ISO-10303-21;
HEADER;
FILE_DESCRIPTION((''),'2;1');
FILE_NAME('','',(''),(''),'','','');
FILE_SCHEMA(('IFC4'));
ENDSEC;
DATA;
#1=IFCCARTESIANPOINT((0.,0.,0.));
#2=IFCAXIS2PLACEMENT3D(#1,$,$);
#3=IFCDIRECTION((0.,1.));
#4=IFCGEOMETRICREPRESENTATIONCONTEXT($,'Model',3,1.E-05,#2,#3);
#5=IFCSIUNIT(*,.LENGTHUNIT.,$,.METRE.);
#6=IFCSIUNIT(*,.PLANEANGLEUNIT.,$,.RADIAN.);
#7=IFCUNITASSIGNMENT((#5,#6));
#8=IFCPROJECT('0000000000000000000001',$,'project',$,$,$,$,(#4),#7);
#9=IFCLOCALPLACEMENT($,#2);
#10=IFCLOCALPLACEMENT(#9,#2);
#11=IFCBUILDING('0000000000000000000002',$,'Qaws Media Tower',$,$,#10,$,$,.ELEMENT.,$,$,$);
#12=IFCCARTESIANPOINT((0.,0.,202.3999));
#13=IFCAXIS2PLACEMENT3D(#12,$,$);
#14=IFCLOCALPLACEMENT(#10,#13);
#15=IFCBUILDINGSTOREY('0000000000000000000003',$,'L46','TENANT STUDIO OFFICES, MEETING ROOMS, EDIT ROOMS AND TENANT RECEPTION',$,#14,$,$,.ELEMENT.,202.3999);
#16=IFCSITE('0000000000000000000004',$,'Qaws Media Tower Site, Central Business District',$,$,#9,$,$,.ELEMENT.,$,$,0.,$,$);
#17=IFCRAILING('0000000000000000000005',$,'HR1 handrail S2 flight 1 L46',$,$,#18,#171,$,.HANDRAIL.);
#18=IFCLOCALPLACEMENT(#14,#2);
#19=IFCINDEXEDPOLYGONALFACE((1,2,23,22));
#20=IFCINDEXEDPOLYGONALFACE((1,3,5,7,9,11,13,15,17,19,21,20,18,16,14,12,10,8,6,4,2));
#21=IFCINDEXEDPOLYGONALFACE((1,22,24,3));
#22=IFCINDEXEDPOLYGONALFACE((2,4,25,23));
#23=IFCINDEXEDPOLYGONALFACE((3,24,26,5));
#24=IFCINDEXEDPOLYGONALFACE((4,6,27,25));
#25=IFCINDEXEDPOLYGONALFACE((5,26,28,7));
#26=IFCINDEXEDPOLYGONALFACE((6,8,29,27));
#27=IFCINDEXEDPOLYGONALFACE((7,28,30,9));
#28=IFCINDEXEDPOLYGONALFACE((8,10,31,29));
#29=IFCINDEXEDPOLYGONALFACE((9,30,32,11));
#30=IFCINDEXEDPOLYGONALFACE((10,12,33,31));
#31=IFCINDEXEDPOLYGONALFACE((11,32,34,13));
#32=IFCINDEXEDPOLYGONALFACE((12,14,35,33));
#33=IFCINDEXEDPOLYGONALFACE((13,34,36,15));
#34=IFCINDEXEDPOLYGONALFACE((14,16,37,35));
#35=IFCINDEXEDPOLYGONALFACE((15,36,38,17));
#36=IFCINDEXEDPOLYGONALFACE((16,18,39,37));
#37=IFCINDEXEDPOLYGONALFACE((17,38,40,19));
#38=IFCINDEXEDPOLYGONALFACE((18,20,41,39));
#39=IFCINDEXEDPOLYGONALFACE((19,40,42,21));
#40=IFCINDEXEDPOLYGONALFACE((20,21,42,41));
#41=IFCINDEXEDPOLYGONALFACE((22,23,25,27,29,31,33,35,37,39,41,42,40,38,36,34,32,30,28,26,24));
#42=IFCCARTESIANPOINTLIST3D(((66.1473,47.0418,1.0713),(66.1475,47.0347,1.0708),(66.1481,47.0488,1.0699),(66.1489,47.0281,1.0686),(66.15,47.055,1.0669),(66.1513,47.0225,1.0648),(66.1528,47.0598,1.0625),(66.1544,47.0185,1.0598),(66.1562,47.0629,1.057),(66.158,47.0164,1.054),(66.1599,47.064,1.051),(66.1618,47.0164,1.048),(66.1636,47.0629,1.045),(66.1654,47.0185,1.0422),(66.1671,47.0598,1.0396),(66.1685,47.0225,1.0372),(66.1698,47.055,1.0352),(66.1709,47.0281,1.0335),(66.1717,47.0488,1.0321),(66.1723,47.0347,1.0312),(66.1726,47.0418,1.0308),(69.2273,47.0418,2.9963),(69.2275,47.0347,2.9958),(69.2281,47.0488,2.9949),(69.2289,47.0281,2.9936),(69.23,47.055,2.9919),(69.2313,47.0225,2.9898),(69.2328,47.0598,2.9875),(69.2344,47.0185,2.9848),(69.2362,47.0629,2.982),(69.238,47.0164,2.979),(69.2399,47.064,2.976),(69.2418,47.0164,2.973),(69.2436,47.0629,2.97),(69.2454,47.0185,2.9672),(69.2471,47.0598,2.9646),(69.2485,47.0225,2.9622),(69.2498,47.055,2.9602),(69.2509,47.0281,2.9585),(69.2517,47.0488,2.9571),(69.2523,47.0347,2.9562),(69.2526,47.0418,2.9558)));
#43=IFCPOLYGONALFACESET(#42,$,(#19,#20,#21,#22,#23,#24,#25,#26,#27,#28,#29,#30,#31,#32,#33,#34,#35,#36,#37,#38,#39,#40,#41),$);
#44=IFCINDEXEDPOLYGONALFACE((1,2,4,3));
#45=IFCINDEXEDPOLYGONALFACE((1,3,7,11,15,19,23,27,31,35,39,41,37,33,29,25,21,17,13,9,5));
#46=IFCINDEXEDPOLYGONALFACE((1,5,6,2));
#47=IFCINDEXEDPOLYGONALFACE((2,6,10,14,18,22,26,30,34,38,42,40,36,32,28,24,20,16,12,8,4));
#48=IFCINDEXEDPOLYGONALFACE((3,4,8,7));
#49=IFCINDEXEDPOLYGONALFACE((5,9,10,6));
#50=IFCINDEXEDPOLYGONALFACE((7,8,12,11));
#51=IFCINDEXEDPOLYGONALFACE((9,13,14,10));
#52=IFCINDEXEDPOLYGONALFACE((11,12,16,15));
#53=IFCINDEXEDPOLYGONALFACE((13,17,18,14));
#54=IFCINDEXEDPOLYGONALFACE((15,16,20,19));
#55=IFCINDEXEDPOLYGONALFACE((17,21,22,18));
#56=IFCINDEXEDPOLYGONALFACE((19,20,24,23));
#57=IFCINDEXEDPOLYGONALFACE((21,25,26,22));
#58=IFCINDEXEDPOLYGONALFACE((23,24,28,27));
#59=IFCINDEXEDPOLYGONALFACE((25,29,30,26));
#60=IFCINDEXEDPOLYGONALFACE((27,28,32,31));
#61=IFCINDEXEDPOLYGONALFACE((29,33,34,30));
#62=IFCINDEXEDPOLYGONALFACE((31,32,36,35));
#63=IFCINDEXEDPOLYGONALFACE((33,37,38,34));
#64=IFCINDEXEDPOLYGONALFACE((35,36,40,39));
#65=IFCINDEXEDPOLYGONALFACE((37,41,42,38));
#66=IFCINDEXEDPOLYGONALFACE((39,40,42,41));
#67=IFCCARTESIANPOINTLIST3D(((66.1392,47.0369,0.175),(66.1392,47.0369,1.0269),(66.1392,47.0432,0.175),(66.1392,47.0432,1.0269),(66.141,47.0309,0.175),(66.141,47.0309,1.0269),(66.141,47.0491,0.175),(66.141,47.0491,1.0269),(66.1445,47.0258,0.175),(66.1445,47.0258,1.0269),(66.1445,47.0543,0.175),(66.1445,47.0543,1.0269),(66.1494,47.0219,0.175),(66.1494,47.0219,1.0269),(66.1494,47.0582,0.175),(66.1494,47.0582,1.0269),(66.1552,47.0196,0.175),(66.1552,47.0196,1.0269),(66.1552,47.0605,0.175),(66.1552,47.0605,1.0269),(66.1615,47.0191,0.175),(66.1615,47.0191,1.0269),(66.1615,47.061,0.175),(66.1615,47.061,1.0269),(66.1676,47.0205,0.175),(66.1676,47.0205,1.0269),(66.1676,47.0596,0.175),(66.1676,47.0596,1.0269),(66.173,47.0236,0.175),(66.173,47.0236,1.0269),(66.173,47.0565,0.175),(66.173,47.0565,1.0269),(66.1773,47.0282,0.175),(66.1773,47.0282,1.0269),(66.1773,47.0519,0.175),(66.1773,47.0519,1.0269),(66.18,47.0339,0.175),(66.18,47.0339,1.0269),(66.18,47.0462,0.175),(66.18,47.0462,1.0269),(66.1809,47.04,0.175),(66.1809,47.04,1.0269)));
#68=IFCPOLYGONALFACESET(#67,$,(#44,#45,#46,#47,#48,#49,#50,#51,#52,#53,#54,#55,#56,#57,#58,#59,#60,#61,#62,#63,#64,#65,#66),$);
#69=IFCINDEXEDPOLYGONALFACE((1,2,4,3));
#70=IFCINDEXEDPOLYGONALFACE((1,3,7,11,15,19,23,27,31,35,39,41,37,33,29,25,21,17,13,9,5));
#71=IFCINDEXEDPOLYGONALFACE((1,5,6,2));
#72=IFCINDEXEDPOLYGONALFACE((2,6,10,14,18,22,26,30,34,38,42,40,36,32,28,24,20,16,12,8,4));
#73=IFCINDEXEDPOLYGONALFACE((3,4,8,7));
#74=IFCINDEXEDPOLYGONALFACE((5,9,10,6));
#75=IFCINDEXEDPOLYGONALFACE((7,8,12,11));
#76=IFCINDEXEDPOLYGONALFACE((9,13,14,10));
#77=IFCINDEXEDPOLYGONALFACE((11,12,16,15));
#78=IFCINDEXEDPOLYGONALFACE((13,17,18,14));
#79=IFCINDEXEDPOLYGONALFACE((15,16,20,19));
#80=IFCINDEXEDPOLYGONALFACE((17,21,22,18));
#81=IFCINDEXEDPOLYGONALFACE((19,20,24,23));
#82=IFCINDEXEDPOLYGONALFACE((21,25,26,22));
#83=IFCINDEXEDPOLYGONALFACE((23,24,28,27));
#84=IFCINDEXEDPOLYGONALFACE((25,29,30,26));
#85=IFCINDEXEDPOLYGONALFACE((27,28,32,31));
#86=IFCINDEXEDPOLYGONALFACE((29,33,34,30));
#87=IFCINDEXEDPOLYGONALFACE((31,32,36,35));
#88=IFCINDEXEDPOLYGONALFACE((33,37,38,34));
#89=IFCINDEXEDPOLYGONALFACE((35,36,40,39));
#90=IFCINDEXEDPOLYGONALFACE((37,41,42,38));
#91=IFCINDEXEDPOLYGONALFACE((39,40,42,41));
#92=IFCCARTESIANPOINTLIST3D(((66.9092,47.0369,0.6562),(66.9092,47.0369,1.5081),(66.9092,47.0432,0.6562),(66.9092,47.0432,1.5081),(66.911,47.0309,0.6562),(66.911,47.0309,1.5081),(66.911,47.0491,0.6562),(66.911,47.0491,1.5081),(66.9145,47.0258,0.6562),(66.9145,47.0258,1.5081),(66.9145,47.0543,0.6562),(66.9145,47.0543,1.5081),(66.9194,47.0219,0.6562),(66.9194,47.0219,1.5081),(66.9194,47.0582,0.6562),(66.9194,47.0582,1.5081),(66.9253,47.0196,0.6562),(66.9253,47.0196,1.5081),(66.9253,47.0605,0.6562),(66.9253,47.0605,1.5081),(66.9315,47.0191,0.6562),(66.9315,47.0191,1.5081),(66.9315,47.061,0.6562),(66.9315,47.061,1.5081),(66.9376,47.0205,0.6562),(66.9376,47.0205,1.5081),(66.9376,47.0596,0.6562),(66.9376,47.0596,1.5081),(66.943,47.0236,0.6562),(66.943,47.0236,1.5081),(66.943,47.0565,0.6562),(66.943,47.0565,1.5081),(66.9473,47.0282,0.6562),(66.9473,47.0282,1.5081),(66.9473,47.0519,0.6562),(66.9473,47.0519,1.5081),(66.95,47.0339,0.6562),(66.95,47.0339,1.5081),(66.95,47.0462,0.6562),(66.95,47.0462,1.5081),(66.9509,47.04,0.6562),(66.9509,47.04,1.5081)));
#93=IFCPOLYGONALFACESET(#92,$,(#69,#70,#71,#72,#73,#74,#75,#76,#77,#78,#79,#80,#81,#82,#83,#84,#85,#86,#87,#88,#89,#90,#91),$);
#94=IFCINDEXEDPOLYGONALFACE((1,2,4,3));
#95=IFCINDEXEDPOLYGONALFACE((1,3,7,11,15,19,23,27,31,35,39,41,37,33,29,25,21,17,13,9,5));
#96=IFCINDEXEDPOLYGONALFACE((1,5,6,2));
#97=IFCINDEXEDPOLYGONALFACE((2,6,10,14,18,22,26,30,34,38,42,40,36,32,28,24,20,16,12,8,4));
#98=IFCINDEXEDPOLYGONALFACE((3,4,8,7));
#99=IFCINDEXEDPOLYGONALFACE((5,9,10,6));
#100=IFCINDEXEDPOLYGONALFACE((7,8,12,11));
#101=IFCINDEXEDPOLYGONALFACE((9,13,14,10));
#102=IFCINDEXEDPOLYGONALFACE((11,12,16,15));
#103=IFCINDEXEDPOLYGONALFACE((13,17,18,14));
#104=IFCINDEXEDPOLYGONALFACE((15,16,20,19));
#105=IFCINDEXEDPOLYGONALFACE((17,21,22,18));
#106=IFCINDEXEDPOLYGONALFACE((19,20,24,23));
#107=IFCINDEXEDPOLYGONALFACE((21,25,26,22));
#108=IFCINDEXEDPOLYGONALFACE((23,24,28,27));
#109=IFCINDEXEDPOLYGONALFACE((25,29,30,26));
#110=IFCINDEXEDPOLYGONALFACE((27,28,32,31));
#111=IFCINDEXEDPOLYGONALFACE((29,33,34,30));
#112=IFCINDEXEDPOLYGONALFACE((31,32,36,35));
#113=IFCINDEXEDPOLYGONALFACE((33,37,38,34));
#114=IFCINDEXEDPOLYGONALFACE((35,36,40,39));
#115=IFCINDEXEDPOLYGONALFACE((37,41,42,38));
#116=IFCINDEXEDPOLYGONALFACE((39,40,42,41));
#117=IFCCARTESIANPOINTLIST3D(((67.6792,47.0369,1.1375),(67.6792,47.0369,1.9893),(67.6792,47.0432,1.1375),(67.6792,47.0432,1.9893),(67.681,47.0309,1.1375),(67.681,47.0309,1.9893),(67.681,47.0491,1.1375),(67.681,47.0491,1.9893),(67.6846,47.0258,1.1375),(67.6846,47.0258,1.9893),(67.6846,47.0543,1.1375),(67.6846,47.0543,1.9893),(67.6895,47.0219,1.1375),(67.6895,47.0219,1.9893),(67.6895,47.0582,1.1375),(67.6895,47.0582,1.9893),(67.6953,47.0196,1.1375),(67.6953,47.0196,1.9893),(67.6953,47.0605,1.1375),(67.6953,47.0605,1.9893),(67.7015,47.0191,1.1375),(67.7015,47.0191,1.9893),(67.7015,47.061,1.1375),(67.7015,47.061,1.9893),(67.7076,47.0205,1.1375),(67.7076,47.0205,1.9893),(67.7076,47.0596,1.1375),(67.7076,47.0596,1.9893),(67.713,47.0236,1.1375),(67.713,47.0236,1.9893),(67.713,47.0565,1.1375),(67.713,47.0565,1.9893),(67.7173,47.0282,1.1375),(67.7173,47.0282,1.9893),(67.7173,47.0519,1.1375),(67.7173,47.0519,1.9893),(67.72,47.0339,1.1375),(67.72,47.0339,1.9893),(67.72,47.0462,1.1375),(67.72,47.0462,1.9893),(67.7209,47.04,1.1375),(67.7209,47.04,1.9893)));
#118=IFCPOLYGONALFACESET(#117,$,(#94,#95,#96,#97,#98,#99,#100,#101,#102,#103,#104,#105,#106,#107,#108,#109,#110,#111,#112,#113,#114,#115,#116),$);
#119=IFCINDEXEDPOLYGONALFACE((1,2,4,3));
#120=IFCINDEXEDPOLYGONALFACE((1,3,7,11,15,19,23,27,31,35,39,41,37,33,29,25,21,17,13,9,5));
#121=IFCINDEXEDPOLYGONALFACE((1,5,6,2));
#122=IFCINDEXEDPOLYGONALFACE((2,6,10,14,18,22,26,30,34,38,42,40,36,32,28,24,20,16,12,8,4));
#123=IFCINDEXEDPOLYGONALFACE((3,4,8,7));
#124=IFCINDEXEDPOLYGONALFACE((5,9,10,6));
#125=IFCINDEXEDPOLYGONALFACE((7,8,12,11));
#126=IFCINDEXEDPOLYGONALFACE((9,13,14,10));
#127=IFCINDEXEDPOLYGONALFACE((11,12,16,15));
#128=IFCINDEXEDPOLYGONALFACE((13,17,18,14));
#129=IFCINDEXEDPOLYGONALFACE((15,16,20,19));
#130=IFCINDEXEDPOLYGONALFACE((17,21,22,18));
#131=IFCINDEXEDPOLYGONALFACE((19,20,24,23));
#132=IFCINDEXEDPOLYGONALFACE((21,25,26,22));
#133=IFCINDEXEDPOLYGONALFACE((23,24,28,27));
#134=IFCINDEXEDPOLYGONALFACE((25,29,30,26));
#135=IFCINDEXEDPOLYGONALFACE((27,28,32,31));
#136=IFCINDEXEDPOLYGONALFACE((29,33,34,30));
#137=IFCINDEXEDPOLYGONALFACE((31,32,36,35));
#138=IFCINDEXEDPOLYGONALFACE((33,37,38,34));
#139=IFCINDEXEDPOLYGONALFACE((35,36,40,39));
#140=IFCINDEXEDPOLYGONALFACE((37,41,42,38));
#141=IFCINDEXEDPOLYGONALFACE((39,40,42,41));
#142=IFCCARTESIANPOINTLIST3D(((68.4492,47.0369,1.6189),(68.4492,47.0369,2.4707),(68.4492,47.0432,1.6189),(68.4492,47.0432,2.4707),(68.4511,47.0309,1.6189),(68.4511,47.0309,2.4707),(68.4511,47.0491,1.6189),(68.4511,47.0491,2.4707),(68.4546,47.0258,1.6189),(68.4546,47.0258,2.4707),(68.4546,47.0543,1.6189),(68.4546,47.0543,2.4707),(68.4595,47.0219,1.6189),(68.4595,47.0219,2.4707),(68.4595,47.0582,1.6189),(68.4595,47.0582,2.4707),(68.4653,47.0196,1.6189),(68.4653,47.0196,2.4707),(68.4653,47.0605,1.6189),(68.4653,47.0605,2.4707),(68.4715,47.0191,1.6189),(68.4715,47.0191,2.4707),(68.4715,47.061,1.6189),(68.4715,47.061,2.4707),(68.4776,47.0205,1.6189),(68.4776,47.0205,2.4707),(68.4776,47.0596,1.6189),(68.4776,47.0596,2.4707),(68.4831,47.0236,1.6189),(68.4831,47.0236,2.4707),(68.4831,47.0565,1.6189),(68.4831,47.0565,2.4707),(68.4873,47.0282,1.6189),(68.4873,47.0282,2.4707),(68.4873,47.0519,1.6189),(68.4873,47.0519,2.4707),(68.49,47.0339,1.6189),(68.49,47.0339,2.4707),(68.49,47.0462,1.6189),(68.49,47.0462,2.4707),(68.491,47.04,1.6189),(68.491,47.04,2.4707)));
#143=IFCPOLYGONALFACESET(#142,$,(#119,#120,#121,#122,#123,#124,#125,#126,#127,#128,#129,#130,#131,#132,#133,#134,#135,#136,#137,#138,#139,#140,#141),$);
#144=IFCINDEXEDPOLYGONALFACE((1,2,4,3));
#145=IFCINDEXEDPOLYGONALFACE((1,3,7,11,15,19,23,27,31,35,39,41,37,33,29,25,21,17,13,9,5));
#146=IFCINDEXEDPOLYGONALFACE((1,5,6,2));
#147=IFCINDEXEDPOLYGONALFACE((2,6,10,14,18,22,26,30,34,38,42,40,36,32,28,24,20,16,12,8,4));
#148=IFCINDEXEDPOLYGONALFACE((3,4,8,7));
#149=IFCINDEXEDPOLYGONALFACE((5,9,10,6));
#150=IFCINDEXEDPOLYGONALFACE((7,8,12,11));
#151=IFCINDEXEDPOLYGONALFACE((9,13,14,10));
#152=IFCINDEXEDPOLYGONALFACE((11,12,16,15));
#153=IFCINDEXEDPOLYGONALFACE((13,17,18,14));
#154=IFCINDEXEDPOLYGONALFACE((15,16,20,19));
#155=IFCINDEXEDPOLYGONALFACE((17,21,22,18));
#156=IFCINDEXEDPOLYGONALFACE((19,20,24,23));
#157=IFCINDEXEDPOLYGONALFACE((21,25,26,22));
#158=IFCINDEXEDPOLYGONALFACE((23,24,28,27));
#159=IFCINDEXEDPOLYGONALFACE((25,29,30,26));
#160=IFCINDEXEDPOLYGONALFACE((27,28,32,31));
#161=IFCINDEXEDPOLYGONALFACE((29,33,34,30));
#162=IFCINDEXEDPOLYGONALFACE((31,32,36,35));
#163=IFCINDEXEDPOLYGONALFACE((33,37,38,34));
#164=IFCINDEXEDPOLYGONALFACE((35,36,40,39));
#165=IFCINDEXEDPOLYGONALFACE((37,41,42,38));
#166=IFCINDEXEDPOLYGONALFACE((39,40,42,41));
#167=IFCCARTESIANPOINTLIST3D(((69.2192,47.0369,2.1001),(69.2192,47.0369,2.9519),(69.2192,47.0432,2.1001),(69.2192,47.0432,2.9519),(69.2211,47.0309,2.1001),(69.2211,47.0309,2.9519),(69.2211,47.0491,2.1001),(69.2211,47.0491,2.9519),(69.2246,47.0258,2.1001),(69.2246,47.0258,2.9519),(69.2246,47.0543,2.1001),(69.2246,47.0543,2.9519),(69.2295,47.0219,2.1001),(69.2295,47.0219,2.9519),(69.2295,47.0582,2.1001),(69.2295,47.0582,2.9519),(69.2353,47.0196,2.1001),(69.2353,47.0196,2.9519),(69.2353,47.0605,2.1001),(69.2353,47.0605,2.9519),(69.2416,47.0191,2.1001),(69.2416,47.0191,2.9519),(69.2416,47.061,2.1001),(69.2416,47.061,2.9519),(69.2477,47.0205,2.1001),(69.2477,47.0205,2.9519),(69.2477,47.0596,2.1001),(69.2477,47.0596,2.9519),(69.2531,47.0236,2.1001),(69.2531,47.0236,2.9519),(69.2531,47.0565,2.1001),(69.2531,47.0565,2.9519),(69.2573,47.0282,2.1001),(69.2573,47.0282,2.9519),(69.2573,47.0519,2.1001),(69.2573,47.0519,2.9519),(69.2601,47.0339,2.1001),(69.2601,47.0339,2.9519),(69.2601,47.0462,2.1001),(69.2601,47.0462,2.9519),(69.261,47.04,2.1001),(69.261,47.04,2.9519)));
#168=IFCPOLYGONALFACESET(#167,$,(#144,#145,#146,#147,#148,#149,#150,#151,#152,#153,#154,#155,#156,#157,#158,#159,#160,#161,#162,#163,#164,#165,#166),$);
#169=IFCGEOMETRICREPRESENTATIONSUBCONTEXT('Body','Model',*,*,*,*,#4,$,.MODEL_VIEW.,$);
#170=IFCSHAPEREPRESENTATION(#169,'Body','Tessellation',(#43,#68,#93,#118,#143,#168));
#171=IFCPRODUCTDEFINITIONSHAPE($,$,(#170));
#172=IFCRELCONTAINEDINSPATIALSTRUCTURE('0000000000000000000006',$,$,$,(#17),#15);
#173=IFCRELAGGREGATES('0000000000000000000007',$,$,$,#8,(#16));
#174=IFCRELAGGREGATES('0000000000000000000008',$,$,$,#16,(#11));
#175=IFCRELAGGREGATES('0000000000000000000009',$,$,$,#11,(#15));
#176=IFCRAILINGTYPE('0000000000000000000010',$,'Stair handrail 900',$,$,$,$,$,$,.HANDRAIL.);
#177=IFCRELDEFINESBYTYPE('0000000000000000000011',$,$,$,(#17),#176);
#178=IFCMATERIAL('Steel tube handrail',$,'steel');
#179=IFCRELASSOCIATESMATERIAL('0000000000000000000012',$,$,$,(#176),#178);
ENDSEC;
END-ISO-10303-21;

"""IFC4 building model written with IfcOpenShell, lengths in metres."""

from ifc_helpers import new_model, si_unit, direction, frame, origin, origin_2d, place, context, subcontext, project, spatial, circle, extrude, material, type_object, element, save


model = new_model("IFC4")

# Units and contexts
model_context = context("Model", 3, precision=1e-05, world=origin(), true_north=direction((0.0, 1.0)))
body_context = subcontext(model_context, "Body", "Model", "MODEL_VIEW")
ifc_project = project(units=[si_unit("LENGTHUNIT", "METRE"), si_unit("PLANEANGLEUNIT", "RADIAN")], contexts=[model_context])

# Site, building, storey
site_placement = place(None, origin())
site = spatial("IfcSite", under=ifc_project, at=site_placement, Name="Qaws Media Tower Site, Central Business District", CompositionType="ELEMENT", RefElevation=0.0)
building_placement = place(site_placement, origin())
building = spatial("IfcBuilding", under=site, at=building_placement, Name="Qaws Media Tower", CompositionType="ELEMENT")
storey_placement = place(building_placement, frame((0.0, 0.0, 202.3999)))
storey = spatial("IfcBuildingStorey", under=building, at=storey_placement, Name="L46", Description="TENANT STUDIO OFFICES, MEETING ROOMS, EDIT ROOMS AND TENANT RECEPTION", CompositionType="ELEMENT", Elevation=202.3999)

# Railing
ifc_material_1 = material(Name="Steel tube handrail", Category="steel")
railing_type = type_object("IfcRailingType", Name="Stair handrail 900", PredefinedType="HANDRAIL", material=ifc_material_1)
railing_placement = place(storey_placement, frame((66.1599, 47.04, 0.175)))
element("IfcRailing", 1, at=railing_placement, inside=storey, type_object=railing_type, Name="HR1 handrail S2 flight 1 L46", PredefinedType="HANDRAIL", context=body_context, shape_type="SweptSolid", body=[
    extrude(circle(Radius=0.0239, at=origin_2d()), frame((0.0, 0.0, 0.876), z_axis=(0.847998, 0.0, 0.529999), x_axis=(0.0, 1.0, 0.0)), (0.0, 0.0, 1.0), 3.6321),
    extrude(circle(Radius=0.021, at=origin_2d()), origin(), (0.0, 0.0, 1.0), 0.8518),
    extrude(circle(Radius=0.021, at=origin_2d()), frame((0.77, 0.0, 0.4812)), (0.0, 0.0, 1.0), 0.8518),
    extrude(circle(Radius=0.021, at=origin_2d()), frame((1.54, 0.0, 0.9624)), (0.0, 0.0, 1.0), 0.8518),
    extrude(circle(Radius=0.021, at=origin_2d()), frame((2.3101, 0.0, 1.4438)), (0.0, 0.0, 1.0), 0.8518),
    extrude(circle(Radius=0.021, at=origin_2d()), frame((3.0801, 0.0, 1.925)), (0.0, 0.0, 1.0), 0.8518),
])

save(model, "model.ifc")
